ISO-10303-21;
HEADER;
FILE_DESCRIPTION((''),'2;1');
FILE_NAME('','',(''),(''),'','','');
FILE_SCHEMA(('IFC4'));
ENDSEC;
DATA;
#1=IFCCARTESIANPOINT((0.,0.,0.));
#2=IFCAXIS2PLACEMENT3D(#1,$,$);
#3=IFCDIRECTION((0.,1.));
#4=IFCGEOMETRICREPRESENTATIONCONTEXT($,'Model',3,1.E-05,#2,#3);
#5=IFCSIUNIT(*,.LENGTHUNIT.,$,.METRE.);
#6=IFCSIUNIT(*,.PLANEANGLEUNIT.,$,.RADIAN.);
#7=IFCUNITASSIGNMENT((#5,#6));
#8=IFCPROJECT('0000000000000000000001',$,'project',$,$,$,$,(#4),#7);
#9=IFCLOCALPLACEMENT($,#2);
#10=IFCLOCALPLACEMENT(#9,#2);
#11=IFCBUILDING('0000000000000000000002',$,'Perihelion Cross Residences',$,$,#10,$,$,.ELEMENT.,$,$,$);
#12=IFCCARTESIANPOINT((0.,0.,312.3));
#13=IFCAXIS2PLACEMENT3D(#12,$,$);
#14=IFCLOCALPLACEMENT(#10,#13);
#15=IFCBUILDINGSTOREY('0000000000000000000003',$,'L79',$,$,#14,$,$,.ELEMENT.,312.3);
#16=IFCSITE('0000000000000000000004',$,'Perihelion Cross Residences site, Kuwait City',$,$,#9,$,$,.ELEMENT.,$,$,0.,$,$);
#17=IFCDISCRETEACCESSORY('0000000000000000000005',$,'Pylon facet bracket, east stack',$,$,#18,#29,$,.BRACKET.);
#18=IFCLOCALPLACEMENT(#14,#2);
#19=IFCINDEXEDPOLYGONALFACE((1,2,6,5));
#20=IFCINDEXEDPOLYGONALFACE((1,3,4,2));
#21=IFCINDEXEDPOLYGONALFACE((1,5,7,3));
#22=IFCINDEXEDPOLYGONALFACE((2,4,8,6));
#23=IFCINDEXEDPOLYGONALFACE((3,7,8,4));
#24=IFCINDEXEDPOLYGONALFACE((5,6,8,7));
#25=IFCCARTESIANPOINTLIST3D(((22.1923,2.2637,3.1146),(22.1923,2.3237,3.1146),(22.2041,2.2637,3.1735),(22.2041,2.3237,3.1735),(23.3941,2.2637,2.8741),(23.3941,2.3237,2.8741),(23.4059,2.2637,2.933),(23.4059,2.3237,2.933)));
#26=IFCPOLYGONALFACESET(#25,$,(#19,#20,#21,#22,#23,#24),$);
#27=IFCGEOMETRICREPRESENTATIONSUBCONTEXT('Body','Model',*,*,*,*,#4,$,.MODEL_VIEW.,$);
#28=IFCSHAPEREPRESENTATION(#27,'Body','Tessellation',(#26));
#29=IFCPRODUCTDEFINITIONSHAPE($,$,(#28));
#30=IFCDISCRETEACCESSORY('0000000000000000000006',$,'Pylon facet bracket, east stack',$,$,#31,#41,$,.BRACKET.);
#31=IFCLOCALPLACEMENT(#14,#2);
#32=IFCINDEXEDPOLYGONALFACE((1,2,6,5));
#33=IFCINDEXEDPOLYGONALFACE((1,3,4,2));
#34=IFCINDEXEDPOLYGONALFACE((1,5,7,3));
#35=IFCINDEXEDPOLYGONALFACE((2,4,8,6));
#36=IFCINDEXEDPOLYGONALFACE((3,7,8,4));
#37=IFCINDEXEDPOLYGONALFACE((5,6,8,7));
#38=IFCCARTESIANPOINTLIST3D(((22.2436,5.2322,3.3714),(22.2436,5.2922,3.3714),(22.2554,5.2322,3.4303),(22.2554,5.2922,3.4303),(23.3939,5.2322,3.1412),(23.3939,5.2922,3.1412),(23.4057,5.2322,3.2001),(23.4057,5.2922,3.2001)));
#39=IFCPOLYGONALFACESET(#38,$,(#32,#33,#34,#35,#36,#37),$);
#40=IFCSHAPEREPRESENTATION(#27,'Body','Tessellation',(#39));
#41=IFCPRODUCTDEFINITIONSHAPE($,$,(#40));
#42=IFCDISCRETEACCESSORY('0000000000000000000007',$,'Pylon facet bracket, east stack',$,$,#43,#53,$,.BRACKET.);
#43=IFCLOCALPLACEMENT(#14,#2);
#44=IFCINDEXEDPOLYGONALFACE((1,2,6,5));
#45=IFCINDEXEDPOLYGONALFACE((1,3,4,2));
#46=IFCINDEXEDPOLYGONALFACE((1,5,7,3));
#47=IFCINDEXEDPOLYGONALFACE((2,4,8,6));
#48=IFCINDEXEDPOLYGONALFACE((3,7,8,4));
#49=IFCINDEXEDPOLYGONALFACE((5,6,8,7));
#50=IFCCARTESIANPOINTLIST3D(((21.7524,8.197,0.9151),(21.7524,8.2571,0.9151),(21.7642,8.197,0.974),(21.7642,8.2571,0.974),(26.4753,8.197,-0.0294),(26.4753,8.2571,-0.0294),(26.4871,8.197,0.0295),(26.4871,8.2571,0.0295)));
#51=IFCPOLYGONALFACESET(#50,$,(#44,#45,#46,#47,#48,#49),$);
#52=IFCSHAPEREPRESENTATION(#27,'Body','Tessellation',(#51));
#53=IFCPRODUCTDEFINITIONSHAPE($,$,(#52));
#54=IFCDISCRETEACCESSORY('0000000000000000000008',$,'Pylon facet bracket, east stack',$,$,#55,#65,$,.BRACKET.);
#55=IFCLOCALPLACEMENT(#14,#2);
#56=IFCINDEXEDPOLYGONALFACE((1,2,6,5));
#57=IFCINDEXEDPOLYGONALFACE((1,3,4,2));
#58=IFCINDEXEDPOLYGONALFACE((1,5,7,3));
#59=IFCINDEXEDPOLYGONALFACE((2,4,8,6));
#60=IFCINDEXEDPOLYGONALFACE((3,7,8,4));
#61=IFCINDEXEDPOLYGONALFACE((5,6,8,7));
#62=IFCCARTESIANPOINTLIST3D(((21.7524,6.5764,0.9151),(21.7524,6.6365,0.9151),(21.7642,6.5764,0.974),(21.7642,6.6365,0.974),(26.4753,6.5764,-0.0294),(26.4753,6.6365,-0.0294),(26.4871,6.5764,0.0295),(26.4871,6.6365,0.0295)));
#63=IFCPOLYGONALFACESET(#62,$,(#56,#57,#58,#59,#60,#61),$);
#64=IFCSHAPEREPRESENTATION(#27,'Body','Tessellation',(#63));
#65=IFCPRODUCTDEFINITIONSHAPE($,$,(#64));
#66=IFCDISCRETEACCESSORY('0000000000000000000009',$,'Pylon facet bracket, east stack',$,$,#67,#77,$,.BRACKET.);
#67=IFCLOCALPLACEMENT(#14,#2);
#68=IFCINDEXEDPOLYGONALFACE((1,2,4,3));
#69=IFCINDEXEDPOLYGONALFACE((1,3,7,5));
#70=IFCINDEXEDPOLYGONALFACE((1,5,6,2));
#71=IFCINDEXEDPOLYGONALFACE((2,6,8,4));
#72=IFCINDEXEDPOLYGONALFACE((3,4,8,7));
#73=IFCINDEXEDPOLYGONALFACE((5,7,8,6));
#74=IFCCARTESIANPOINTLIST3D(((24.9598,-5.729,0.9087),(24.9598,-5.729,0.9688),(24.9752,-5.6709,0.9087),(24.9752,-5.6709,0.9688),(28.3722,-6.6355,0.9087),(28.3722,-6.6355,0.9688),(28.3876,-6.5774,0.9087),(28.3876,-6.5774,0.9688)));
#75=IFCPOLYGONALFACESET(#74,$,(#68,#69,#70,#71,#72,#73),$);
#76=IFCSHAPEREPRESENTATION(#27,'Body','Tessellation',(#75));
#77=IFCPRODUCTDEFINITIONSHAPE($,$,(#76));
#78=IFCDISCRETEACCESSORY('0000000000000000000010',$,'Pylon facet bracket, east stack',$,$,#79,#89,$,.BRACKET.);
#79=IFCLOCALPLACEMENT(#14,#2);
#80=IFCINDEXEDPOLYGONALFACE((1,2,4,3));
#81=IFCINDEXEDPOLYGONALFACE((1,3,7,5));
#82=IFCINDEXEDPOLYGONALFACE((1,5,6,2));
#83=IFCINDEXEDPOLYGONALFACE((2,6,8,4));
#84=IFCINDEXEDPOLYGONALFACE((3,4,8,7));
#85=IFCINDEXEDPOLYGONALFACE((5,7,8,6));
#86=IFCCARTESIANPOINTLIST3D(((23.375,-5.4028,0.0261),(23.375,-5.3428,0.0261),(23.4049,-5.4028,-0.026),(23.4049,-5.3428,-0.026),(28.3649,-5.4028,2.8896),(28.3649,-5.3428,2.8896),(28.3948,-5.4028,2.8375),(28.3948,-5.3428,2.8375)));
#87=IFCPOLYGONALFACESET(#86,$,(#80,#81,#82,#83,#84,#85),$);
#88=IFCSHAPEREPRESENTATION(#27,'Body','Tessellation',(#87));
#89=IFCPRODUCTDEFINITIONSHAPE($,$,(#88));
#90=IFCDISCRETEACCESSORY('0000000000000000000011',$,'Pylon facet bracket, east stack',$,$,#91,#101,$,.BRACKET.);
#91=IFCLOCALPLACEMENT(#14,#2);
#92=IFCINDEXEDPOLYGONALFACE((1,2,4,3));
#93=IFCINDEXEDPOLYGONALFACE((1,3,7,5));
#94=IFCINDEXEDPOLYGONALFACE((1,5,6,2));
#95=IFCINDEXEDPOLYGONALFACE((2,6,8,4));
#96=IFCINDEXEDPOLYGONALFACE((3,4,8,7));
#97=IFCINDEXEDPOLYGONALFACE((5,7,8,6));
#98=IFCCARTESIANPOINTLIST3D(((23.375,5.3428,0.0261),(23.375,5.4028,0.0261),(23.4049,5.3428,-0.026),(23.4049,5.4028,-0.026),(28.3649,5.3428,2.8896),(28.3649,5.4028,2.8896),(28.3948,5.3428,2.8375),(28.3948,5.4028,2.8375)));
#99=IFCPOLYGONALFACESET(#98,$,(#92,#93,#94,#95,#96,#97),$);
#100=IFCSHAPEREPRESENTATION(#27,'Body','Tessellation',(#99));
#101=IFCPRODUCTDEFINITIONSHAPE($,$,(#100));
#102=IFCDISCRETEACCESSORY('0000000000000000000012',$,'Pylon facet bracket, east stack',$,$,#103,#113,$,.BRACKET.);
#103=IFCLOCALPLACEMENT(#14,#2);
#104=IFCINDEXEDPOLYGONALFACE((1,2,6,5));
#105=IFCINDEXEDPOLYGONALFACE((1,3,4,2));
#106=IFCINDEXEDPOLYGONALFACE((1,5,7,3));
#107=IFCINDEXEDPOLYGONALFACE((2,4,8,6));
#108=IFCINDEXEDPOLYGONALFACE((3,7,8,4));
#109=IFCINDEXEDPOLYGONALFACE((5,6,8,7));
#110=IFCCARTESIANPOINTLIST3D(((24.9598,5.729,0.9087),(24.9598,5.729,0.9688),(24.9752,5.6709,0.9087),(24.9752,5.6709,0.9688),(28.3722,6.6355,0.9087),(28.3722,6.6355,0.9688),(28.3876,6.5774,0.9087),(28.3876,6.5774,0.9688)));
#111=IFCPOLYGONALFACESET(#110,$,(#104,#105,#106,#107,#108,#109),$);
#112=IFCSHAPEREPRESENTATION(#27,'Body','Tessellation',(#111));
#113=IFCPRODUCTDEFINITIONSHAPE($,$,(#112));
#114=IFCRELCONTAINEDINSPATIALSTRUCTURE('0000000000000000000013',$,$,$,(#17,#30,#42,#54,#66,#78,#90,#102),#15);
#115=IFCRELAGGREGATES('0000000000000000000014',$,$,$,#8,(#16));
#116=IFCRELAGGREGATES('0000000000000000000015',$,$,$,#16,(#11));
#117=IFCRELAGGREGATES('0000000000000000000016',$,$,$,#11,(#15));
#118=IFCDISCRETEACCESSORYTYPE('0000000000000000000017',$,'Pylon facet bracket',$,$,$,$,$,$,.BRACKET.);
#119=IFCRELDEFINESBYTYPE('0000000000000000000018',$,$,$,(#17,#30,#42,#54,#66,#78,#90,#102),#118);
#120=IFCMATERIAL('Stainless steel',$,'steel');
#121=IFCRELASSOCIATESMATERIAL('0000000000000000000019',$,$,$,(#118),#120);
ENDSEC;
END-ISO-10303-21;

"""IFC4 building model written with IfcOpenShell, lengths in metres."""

from ifc_helpers import new_model, si_unit, direction, frame, origin, origin_2d, place, context, subcontext, project, spatial, rectangle, extrude, material, material_profile, profile_set, type_object, element, save


model = new_model("IFC4")

# Units and contexts
model_context = context("Model", 3, precision=1e-05, world=origin(), true_north=direction((0.0, 1.0)))
body_context = subcontext(model_context, "Body", "Model", "MODEL_VIEW")
ifc_project = project(units=[si_unit("LENGTHUNIT", "METRE"), si_unit("PLANEANGLEUNIT", "RADIAN")], contexts=[model_context])

# Site, building, storey
site_placement = place(None, origin())
site = spatial("IfcSite", under=ifc_project, at=site_placement, Name="Perihelion Cross Residences site, Kuwait City", CompositionType="ELEMENT", RefElevation=0.0)
building_placement = place(site_placement, origin())
building = spatial("IfcBuilding", under=site, at=building_placement, Name="Perihelion Cross Residences", CompositionType="ELEMENT")
storey_placement = place(building_placement, frame((0.0, 0.0, 312.3)))
storey = spatial("IfcBuildingStorey", under=building, at=storey_placement, Name="L79", CompositionType="ELEMENT", Elevation=312.3)

# Discrete accessories
ifc_material_1 = material(Name="Stainless steel", Category="steel")
ifc_material_profile_1 = material_profile(ifc_material_1, rectangle(XDim=0.0601, YDim=0.0601, at=origin_2d()), Name="Pylon facet bracket")
ifc_profile_set_1 = profile_set([ifc_material_profile_1], Name="Stainless steel")
discrete_accessory_type_1 = type_object("IfcDiscreteAccessoryType", Name="Pylon facet bracket", PredefinedType="BRACKET", material=ifc_profile_set_1)
for number, where, z_axis, x_axis, name in (
    (1, (22.1982, 2.2937, 3.144), (0.980558, 0.0, -0.196231), (0.0, 1.0, 0.0), "Pylon facet bracket, east stack"),
):
    element("IfcDiscreteAccessory", number, at=place(storey_placement, frame(where, z_axis=z_axis, x_axis=x_axis)), inside=storey, type_object=discrete_accessory_type_1, Name=name, PredefinedType="BRACKET", context=body_context, shape_type="SweptSolid", body=[
        extrude(rectangle(XDim=0.0601, YDim=0.0601, at=origin_2d()), origin(), (0.0, 0.0, 1.0), 1.2256),
    ])
discrete_accessory_1_placement = place(storey_placement, frame((22.2495, 5.2622, 3.4009), z_axis=(0.980557, 0.0, -0.196236), x_axis=(0.0, 1.0, 0.0)))
element("IfcDiscreteAccessory", 2, at=discrete_accessory_1_placement, inside=storey, type_object=discrete_accessory_type_1, Name="Pylon facet bracket, east stack", PredefinedType="BRACKET", context=body_context, shape_type="SweptSolid", body=[
    extrude(rectangle(XDim=0.0601, YDim=0.0601, at=origin_2d()), origin(), (0.0, 0.0, 1.0), 1.1731),
])
for number, where, z_axis, x_axis, name in (
    (3, (21.7583, 8.2271, 0.9446), (0.980581, 0.0, -0.196116), (0.0, 1.0, 0.0), "Pylon facet bracket, east stack"),
    (4, (21.7583, 6.6064, 0.9446), (0.980581, 0.0, -0.196116), (0.0, 1.0, 0.0), "Pylon facet bracket, east stack"),
):
    element("IfcDiscreteAccessory", number, at=place(storey_placement, frame(where, z_axis=z_axis, x_axis=x_axis)), inside=storey, type_object=discrete_accessory_type_1, Name=name, PredefinedType="BRACKET", context=body_context, shape_type="SweptSolid", body=[
        extrude(rectangle(XDim=0.0601, YDim=0.0601, at=origin_2d()), origin(), (0.0, 0.0, 1.0), 4.8164),
    ])
discrete_accessory_2_placement = place(storey_placement, frame((28.3799, -6.6064, 0.9387), z_axis=(-0.966479, 0.256746, 0.0), x_axis=(-0.256746, -0.966479, 0.0)))
element("IfcDiscreteAccessory", 5, at=discrete_accessory_2_placement, inside=storey, type_object=discrete_accessory_type_1, Name="Pylon facet bracket, east stack", PredefinedType="BRACKET", context=body_context, shape_type="SweptSolid", body=[
    extrude(rectangle(XDim=0.0601, YDim=0.0601, at=origin_2d()), origin(), (0.0, 0.0, 1.0), 3.5308),
])
for number, where, z_axis, x_axis, name in (
    (6, (28.3799, -5.3728, 2.8635), (-0.867336, 0.0, -0.497724), (0.0, -1.0, 0.0), "Pylon facet bracket, east stack"),
    (7, (28.3799, 5.3728, 2.8635), (-0.867336, 0.0, -0.497724), (0.0, -1.0, 0.0), "Pylon facet bracket, east stack"),
):
    element("IfcDiscreteAccessory", number, at=place(storey_placement, frame(where, z_axis=z_axis, x_axis=x_axis)), inside=storey, type_object=discrete_accessory_type_1, Name=name, PredefinedType="BRACKET", context=body_context, shape_type="SweptSolid", body=[
        extrude(rectangle(XDim=0.0601, YDim=0.0601, at=origin_2d()), origin(), (0.0, 0.0, 1.0), 5.7532),
    ])
discrete_accessory_3_placement = place(storey_placement, frame((28.3799, 6.6064, 0.9387), z_axis=(-0.966479, -0.256746, 0.0), x_axis=(0.256746, -0.966479, 0.0)))
element("IfcDiscreteAccessory", 8, at=discrete_accessory_3_placement, inside=storey, type_object=discrete_accessory_type_1, Name="Pylon facet bracket, east stack", PredefinedType="BRACKET", context=body_context, shape_type="SweptSolid", body=[
    extrude(rectangle(XDim=0.0601, YDim=0.0601, at=origin_2d()), origin(), (0.0, 0.0, 1.0), 3.5308),
])

save(model, "model.ifc")
